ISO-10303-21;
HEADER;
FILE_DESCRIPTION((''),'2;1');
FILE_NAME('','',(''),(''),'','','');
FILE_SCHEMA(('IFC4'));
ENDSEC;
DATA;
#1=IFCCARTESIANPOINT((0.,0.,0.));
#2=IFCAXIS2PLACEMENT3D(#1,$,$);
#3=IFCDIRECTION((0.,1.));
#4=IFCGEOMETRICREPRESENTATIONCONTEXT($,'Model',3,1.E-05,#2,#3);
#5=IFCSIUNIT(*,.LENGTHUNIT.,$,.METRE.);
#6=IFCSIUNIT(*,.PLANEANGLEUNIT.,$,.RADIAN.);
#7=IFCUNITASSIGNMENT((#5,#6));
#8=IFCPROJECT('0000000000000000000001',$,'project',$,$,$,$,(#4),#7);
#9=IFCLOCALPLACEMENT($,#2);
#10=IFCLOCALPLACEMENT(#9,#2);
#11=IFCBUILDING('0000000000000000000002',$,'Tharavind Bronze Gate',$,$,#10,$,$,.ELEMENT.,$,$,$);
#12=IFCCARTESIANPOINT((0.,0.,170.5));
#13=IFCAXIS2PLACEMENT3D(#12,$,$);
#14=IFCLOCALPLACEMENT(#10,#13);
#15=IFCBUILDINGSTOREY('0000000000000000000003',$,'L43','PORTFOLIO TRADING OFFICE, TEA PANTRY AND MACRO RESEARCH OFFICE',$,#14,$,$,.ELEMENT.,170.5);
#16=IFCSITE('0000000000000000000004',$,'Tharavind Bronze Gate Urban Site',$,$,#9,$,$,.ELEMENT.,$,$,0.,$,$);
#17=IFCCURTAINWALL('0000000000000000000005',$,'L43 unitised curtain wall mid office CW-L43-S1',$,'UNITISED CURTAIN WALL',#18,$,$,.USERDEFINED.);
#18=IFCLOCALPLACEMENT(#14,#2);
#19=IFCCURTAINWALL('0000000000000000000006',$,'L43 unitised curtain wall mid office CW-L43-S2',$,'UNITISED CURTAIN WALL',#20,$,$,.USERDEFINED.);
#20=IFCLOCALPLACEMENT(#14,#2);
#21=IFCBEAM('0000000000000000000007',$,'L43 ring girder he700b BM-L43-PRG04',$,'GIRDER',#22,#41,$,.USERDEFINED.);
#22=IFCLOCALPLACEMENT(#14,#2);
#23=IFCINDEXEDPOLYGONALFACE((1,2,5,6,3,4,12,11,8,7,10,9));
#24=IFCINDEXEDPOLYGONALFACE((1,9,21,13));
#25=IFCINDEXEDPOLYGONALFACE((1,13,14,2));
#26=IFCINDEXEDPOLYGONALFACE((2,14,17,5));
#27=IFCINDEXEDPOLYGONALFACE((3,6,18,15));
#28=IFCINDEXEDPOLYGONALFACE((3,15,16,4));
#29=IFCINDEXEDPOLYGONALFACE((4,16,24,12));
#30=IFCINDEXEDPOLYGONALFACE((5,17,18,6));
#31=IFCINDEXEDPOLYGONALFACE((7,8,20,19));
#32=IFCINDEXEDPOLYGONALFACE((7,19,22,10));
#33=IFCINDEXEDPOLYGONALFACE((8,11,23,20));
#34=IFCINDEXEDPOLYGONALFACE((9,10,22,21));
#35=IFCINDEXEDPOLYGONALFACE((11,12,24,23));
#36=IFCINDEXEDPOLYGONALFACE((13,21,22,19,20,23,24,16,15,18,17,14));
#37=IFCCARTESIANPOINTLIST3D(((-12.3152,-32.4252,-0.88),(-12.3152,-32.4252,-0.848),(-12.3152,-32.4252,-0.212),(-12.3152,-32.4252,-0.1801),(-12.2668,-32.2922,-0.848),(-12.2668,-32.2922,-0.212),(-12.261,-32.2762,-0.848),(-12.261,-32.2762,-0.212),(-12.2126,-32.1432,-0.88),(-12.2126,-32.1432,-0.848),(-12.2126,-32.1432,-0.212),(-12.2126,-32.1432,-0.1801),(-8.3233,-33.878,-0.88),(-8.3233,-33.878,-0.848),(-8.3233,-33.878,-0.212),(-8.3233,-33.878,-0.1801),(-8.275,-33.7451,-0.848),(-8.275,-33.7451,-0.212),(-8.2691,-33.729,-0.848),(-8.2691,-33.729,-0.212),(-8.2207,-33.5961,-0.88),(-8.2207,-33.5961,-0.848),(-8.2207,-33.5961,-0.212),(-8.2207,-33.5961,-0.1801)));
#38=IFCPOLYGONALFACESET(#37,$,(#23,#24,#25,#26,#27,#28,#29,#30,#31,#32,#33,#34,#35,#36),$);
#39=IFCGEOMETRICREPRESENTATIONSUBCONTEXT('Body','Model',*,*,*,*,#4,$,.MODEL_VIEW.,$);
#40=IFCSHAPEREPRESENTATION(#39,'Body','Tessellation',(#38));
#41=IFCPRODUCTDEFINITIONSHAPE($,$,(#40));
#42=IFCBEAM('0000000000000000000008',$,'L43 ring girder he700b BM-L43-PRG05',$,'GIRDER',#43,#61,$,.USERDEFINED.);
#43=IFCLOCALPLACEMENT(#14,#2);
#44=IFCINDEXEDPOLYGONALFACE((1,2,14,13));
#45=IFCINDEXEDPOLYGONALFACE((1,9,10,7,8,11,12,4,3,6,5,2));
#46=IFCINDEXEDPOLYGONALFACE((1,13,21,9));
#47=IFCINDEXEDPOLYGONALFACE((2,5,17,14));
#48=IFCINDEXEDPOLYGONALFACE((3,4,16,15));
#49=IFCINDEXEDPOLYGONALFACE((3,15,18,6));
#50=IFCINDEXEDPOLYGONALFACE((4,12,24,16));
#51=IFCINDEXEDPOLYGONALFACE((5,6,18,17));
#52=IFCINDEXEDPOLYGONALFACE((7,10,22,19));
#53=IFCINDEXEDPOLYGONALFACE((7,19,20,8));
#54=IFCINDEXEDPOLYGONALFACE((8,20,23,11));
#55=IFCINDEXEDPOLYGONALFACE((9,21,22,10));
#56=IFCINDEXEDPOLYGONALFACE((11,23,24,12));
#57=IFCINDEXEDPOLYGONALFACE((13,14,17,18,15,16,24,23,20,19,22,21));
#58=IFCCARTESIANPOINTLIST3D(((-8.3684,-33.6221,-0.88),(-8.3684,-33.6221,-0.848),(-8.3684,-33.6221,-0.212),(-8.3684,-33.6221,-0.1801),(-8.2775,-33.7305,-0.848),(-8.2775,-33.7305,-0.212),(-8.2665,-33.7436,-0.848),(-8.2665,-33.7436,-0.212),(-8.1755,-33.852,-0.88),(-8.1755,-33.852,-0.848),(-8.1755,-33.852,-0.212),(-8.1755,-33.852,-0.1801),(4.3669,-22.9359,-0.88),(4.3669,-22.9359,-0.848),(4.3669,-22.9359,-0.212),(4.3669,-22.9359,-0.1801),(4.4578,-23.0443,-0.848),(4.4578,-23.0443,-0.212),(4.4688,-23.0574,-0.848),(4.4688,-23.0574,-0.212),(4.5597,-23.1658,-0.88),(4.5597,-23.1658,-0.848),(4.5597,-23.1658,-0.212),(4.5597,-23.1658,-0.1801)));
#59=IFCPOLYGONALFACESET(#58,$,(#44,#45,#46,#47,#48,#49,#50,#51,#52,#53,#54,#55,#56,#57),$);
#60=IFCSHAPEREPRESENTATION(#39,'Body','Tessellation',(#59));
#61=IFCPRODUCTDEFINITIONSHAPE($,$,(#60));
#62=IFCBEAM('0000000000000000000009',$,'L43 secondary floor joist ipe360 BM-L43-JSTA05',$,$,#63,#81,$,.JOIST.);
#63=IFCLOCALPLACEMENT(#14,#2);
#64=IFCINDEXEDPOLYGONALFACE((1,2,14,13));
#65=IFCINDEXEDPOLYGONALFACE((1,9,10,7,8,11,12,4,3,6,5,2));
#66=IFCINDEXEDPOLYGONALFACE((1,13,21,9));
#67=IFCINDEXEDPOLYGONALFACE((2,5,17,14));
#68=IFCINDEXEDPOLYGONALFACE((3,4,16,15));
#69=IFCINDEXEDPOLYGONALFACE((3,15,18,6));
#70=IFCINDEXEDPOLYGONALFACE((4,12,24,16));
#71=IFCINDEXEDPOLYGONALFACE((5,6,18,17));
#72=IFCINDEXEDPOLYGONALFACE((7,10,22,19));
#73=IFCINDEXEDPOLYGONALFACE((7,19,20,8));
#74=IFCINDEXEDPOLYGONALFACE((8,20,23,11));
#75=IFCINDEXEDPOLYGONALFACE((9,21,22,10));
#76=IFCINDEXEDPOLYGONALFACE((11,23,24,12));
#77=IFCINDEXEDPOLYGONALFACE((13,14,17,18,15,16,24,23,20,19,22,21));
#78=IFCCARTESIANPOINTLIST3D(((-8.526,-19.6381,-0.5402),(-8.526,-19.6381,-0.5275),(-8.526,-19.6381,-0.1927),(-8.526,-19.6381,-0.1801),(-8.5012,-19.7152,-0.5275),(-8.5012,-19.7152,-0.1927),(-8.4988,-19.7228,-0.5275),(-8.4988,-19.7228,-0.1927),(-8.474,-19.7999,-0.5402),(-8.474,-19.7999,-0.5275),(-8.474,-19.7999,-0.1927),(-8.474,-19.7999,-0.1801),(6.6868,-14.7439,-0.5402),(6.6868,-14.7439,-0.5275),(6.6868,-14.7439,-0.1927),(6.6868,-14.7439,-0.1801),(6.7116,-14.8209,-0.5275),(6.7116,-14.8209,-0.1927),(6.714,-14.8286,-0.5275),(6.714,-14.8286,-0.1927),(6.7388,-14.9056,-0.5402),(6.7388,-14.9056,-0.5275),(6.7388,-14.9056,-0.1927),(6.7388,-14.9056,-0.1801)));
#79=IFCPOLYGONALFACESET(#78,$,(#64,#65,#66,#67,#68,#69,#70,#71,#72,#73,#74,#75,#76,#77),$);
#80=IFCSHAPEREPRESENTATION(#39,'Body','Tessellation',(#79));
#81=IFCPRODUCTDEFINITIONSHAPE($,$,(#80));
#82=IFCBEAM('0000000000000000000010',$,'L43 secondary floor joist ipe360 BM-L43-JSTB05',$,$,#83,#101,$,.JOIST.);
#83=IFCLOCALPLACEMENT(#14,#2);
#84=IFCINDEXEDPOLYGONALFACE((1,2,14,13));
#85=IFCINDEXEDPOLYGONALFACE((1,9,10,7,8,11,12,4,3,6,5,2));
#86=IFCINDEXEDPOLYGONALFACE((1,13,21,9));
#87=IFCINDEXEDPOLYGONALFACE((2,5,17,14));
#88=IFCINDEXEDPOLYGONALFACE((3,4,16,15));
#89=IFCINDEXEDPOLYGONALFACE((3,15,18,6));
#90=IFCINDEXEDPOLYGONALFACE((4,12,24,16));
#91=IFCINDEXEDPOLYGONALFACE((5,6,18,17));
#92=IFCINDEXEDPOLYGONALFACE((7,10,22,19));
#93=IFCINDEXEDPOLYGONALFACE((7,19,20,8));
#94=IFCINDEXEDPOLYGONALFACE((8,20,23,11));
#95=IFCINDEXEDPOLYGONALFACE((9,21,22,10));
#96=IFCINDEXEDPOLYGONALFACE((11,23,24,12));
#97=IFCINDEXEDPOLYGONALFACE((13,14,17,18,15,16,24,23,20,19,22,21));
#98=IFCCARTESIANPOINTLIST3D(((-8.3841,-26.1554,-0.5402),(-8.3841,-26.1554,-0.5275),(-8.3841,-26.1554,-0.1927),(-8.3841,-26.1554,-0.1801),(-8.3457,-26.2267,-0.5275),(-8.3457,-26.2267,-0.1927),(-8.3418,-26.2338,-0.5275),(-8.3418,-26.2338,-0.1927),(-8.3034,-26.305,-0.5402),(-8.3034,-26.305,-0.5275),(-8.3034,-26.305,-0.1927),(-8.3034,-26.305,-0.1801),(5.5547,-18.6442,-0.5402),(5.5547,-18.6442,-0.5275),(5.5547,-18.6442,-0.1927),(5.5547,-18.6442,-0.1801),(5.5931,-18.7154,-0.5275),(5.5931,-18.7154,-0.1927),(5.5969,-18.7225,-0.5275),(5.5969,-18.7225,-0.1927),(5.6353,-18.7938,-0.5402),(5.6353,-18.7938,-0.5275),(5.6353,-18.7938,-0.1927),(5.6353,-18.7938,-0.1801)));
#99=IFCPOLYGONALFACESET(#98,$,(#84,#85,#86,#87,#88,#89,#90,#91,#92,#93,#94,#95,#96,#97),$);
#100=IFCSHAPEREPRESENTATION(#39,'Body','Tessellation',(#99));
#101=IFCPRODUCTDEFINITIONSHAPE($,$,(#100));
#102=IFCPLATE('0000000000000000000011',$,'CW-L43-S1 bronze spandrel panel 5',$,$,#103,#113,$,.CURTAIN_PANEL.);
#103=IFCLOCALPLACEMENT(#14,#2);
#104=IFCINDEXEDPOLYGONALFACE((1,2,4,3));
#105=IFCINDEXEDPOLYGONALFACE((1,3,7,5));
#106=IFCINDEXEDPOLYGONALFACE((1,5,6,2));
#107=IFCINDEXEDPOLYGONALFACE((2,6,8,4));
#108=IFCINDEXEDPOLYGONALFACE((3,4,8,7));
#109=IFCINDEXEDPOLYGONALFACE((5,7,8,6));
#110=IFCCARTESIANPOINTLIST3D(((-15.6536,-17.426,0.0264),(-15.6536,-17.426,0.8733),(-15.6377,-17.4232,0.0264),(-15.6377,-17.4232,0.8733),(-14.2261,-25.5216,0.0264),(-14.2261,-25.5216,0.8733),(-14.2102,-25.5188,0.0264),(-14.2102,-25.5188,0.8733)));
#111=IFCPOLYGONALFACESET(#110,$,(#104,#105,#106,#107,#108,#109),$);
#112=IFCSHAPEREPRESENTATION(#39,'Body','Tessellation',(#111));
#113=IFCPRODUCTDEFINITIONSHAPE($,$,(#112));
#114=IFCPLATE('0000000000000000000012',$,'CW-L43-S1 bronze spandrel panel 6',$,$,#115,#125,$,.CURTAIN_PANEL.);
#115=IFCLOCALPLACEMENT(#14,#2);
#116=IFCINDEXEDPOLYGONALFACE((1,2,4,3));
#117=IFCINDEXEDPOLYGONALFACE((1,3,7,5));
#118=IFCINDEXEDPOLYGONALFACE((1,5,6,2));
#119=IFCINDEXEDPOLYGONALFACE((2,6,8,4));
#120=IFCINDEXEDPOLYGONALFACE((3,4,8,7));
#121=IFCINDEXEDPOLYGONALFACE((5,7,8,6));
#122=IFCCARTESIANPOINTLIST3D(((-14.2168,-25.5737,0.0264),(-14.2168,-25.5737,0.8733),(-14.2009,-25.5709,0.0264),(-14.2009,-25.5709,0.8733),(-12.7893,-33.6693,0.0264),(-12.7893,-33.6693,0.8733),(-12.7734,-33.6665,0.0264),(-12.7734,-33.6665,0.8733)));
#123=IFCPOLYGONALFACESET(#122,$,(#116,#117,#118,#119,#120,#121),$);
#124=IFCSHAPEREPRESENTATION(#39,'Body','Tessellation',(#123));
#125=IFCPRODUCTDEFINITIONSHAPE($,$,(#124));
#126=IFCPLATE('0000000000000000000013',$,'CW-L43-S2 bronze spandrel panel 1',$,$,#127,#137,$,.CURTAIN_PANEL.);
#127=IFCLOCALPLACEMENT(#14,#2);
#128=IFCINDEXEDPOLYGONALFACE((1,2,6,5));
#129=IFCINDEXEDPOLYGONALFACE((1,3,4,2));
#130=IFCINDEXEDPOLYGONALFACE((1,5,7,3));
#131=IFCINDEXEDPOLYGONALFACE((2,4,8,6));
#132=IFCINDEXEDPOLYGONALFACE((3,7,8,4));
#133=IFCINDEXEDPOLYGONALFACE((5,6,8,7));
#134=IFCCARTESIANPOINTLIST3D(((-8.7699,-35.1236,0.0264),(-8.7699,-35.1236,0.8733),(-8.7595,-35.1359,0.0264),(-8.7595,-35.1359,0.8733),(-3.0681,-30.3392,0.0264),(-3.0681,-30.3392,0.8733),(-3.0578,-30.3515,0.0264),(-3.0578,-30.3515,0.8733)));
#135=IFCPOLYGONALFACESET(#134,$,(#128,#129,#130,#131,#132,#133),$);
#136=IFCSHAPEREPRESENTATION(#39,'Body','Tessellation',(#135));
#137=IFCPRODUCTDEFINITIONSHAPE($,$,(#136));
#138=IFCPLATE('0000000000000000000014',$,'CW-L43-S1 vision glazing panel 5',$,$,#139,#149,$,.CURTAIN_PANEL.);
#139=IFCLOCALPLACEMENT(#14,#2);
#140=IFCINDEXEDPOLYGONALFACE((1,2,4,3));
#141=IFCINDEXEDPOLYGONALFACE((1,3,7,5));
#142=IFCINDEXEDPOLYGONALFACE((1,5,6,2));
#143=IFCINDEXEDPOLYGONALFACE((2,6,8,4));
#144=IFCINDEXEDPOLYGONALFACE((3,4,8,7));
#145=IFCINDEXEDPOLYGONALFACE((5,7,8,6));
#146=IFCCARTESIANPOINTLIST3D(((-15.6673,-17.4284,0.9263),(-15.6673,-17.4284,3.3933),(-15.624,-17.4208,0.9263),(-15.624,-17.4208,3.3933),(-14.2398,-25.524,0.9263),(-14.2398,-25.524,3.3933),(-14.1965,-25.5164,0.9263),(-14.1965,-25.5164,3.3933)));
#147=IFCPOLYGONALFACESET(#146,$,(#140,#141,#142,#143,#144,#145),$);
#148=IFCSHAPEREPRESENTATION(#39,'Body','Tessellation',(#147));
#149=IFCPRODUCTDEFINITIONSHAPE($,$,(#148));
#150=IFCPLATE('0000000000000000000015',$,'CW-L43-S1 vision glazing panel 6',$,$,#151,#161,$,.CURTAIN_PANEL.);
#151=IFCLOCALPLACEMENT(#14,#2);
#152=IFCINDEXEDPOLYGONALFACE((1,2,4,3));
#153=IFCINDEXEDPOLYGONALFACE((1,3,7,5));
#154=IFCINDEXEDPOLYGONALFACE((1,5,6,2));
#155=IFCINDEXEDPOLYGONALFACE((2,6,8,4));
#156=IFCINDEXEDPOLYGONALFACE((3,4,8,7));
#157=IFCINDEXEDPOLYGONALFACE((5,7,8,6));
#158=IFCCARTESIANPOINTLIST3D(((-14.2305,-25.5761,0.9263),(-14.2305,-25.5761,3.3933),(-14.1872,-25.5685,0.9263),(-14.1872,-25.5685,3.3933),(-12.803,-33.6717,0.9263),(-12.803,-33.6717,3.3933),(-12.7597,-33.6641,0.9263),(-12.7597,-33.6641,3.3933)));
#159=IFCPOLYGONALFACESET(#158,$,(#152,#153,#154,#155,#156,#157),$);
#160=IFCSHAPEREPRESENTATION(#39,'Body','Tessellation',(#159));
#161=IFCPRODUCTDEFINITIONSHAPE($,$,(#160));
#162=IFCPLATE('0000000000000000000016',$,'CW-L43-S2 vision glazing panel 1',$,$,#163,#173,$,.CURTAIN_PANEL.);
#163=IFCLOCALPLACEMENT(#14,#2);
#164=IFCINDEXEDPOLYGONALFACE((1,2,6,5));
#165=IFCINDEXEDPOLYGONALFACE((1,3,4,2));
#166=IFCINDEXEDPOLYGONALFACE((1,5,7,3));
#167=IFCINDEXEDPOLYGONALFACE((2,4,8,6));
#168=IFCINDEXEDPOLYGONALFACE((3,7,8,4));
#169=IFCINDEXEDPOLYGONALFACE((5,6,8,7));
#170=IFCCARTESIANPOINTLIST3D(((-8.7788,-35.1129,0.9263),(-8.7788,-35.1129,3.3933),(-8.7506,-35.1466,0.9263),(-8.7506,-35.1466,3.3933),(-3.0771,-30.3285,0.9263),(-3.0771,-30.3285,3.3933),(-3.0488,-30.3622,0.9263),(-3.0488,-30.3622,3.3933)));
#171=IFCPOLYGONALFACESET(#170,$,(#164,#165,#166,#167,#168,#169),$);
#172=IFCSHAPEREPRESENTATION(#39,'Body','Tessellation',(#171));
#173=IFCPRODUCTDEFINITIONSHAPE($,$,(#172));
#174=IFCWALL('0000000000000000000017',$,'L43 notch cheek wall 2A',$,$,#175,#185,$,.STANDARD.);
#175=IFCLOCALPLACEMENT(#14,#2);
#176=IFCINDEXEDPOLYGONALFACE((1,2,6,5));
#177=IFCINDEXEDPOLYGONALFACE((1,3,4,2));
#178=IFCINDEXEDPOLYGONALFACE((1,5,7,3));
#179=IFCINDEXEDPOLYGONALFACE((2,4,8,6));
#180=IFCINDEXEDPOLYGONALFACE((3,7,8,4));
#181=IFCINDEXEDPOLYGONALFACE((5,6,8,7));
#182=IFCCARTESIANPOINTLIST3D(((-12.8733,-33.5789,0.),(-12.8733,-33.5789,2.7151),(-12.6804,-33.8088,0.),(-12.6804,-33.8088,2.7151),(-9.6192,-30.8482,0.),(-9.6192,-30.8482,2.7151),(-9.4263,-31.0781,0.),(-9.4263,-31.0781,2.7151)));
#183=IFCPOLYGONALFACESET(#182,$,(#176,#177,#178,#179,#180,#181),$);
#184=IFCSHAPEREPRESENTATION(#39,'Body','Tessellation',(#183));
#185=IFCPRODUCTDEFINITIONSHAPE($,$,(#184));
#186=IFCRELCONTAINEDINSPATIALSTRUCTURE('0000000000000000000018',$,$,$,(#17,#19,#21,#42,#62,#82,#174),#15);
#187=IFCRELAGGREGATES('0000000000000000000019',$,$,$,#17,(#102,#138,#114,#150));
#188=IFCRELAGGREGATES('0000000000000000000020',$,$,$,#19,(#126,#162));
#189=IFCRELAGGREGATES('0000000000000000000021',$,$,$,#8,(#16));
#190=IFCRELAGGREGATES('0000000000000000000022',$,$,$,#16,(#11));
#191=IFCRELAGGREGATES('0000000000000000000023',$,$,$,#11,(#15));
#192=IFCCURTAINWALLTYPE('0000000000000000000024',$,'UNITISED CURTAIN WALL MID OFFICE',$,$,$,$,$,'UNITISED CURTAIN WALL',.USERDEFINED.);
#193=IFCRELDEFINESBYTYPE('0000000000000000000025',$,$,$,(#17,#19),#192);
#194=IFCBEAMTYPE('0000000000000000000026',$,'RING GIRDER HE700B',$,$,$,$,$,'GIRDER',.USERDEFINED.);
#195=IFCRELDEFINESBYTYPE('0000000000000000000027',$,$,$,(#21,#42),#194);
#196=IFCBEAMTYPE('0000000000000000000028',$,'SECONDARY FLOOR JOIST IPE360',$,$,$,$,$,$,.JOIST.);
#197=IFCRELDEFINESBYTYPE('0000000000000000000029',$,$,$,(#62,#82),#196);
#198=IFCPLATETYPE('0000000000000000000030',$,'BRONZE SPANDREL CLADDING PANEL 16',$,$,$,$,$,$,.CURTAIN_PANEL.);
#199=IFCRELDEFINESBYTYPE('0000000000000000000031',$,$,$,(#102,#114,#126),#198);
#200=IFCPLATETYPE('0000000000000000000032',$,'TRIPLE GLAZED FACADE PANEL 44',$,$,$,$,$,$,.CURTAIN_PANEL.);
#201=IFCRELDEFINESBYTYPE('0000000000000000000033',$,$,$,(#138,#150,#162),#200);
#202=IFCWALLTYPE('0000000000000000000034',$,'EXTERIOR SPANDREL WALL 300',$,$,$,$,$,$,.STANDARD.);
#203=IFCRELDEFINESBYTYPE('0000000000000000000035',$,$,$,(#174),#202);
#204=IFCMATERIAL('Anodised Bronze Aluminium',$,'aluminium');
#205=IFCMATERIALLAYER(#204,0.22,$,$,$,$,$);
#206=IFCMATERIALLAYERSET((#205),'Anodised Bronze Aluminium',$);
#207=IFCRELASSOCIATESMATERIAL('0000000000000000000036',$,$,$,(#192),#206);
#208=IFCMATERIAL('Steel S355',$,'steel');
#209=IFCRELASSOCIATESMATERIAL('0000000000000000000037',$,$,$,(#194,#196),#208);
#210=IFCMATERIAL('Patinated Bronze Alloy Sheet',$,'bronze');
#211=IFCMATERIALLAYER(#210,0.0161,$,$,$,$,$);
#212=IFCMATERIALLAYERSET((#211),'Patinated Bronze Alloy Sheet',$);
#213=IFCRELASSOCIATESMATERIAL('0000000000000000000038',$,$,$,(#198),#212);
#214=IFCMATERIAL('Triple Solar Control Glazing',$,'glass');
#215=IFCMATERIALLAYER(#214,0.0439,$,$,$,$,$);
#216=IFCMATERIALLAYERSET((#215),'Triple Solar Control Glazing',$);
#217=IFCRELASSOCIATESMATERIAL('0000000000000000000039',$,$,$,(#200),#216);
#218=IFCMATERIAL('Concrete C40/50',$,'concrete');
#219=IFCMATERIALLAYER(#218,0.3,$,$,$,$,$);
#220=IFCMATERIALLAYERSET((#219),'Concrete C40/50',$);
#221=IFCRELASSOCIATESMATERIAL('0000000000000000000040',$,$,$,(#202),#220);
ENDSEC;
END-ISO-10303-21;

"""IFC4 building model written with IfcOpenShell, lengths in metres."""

from ifc_helpers import new_model, si_unit, direction, frame, frame_2d, origin, origin_2d, place, context, subcontext, project, spatial, rectangle, i_section, extrude, material, layer, layer_set, material_profile, profile_set, type_object, element, aggregate, save


model = new_model("IFC4")

# Units and contexts
model_context = context("Model", 3, precision=1e-05, world=origin(), true_north=direction((0.0, 1.0)))
body_context = subcontext(model_context, "Body", "Model", "MODEL_VIEW")
ifc_project = project(units=[si_unit("LENGTHUNIT", "METRE"), si_unit("PLANEANGLEUNIT", "RADIAN")], contexts=[model_context])

# Site, building, storey
site_placement = place(None, origin())
site = spatial("IfcSite", under=ifc_project, at=site_placement, Name="Tharavind Bronze Gate Urban Site", CompositionType="ELEMENT", RefElevation=0.0)
building_placement = place(site_placement, origin())
building = spatial("IfcBuilding", under=site, at=building_placement, Name="Tharavind Bronze Gate", CompositionType="ELEMENT")
storey_placement = place(building_placement, frame((0.0, 0.0, 170.5)))
storey = spatial("IfcBuildingStorey", under=building, at=storey_placement, Name="L43", Description="PORTFOLIO TRADING OFFICE, TEA PANTRY AND MACRO RESEARCH OFFICE", CompositionType="ELEMENT", Elevation=170.5)

# Curtain walls
ifc_material_1 = material(Name="Anodised Bronze Aluminium", Category="aluminium")
ifc_layer_1 = layer(ifc_material_1, 0.22)
ifc_layer_set_1 = layer_set([ifc_layer_1], Name="Anodised Bronze Aluminium")
curtain_wall_type = type_object("IfcCurtainWallType", Name="UNITISED CURTAIN WALL MID OFFICE", ElementType="UNITISED CURTAIN WALL", PredefinedType="USERDEFINED", material=ifc_layer_set_1)
curtain_wall_1_placement = place(storey_placement, origin())
curtain_wall_1 = element("IfcCurtainWall", 1, at=curtain_wall_1_placement, inside=storey, type_object=curtain_wall_type, Name="L43 unitised curtain wall mid office CW-L43-S1", ObjectType="UNITISED CURTAIN WALL", PredefinedType="USERDEFINED")
curtain_wall_2_placement = place(storey_placement, origin())
curtain_wall_2 = element("IfcCurtainWall", 2, at=curtain_wall_2_placement, inside=storey, type_object=curtain_wall_type, Name="L43 unitised curtain wall mid office CW-L43-S2", ObjectType="UNITISED CURTAIN WALL", PredefinedType="USERDEFINED")

# Beams
ifc_material_2 = material(Name="Steel S355", Category="steel")
ifc_material_profile_1 = material_profile(ifc_material_2, i_section(OverallWidth=0.3, OverallDepth=0.7, WebThickness=0.0171, FlangeThickness=0.032, at=origin_2d()), Name="HE700B")
ifc_profile_set_1 = profile_set([ifc_material_profile_1], Name="Steel S355")
beam_type_1 = type_object("IfcBeamType", Name="RING GIRDER HE700B", ElementType="GIRDER", PredefinedType="USERDEFINED", material=ifc_profile_set_1)
beam_1_placement = place(storey_placement, frame((-12.2639, -32.2842, -0.53), z_axis=(0.939698, -0.342006, 0.0), x_axis=(0.342006, 0.939698, 0.0)))
element("IfcBeam", 3, at=beam_1_placement, inside=storey, type_object=beam_type_1, Name="L43 ring girder he700b BM-L43-PRG04", ObjectType="GIRDER", PredefinedType="USERDEFINED", context=body_context, shape_type="SweptSolid", body=[
    extrude(i_section(OverallWidth=0.3, OverallDepth=0.7, WebThickness=0.0171, FlangeThickness=0.032, at=origin_2d()), origin(), (0.0, 0.0, 1.0), 4.248),
])
beam_2_placement = place(storey_placement, frame((-8.272, -33.7371, -0.53), z_axis=(0.766043, 0.642789, 0.0), x_axis=(-0.642789, 0.766043, 0.0)))
element("IfcBeam", 4, at=beam_2_placement, inside=storey, type_object=beam_type_1, Name="L43 ring girder he700b BM-L43-PRG05", ObjectType="GIRDER", PredefinedType="USERDEFINED", context=body_context, shape_type="SweptSolid", body=[
    extrude(i_section(OverallWidth=0.3, OverallDepth=0.7, WebThickness=0.0171, FlangeThickness=0.032, at=origin_2d()), origin(), (0.0, 0.0, 1.0), 16.6248),
])
ifc_material_profile_2 = material_profile(ifc_material_2, i_section(OverallWidth=0.1699, OverallDepth=0.3601, WebThickness=0.0081, FlangeThickness=0.0127, at=origin_2d()), Name="IPE360")
ifc_profile_set_2 = profile_set([ifc_material_profile_2], Name="Steel S355")
beam_type_2 = type_object("IfcBeamType", Name="SECONDARY FLOOR JOIST IPE360", PredefinedType="JOIST", material=ifc_profile_set_2)
beam_3_placement = place(storey_placement, frame((-8.5, -19.719, -0.3601), z_axis=(0.951948, 0.30626, 0.0), x_axis=(-0.30626, 0.951948, 0.0)))
element("IfcBeam", 5, at=beam_3_placement, inside=storey, type_object=beam_type_2, Name="L43 secondary floor joist ipe360 BM-L43-JSTA05", PredefinedType="JOIST", context=body_context, shape_type="SweptSolid", body=[
    extrude(i_section(OverallWidth=0.1699, OverallDepth=0.3601, WebThickness=0.0081, FlangeThickness=0.0127, at=origin_2d()), origin(), (0.0, 0.0, 1.0), 15.9807),
])
beam_4_placement = place(storey_placement, frame((-8.3438, -26.2302, -0.3601), z_axis=(0.880319, 0.474382, 0.0), x_axis=(-0.474382, 0.880319, 0.0)))
element("IfcBeam", 6, at=beam_4_placement, inside=storey, type_object=beam_type_2, Name="L43 secondary floor joist ipe360 BM-L43-JSTB05", PredefinedType="JOIST", context=body_context, shape_type="SweptSolid", body=[
    extrude(i_section(OverallWidth=0.1699, OverallDepth=0.3601, WebThickness=0.0081, FlangeThickness=0.0127, at=origin_2d()), origin(), (0.0, 0.0, 1.0), 15.8337),
])

# Plates
ifc_material_3 = material(Name="Patinated Bronze Alloy Sheet", Category="bronze")
ifc_layer_2 = layer(ifc_material_3, 0.0161)
ifc_layer_set_2 = layer_set([ifc_layer_2], Name="Patinated Bronze Alloy Sheet")
plate_type_1 = type_object("IfcPlateType", Name="BRONZE SPANDREL CLADDING PANEL 16", PredefinedType="CURTAIN_PANEL", material=ifc_layer_set_2)
plate_1_placement = place(storey_placement, frame((-14.9319, -21.4724, 0.0264), z_axis=(0.0, 0.0, 1.0), x_axis=(0.173648, -0.984808, 0.0)))
plate_1 = element("IfcPlate", 7, at=plate_1_placement, type_object=plate_type_1, Name="CW-L43-S1 bronze spandrel panel 5", PredefinedType="CURTAIN_PANEL", context=body_context, shape_type="SweptSolid", body=[
    extrude(rectangle(XDim=8.2205, YDim=0.0161, at=origin_2d()), origin(), (0.0, 0.0, 1.0), 0.8469),
])
plate_2_placement = place(storey_placement, frame((-13.4951, -29.6201, 0.0264), z_axis=(0.0, 0.0, 1.0), x_axis=(0.173648, -0.984808, 0.0)))
plate_2 = element("IfcPlate", 8, at=plate_2_placement, type_object=plate_type_1, Name="CW-L43-S1 bronze spandrel panel 6", PredefinedType="CURTAIN_PANEL", context=body_context, shape_type="SweptSolid", body=[
    extrude(rectangle(XDim=8.2205, YDim=0.0161, at=origin_2d()), origin(), (0.0, 0.0, 1.0), 0.8469),
])
plate_3_placement = place(storey_placement, frame((-5.9138, -32.7375, 0.0264), z_axis=(0.0, 0.0, 1.0), x_axis=(0.766043, 0.642789, 0.0)))
plate_3 = element("IfcPlate", 9, at=plate_3_placement, type_object=plate_type_1, Name="CW-L43-S2 bronze spandrel panel 1", PredefinedType="CURTAIN_PANEL", context=body_context, shape_type="SweptSolid", body=[
    extrude(rectangle(XDim=7.4431, YDim=0.0161, at=origin_2d()), origin(), (0.0, 0.0, 1.0), 0.8469),
])
ifc_material_4 = material(Name="Triple Solar Control Glazing", Category="glass")
ifc_layer_3 = layer(ifc_material_4, 0.0439)
ifc_layer_set_3 = layer_set([ifc_layer_3], Name="Triple Solar Control Glazing")
plate_type_2 = type_object("IfcPlateType", Name="TRIPLE GLAZED FACADE PANEL 44", PredefinedType="CURTAIN_PANEL", material=ifc_layer_set_3)
plate_4_placement = place(storey_placement, frame((-14.9319, -21.4724, 0.9263), z_axis=(0.0, 0.0, 1.0), x_axis=(0.173648, -0.984808, 0.0)))
plate_4 = element("IfcPlate", 10, at=plate_4_placement, type_object=plate_type_2, Name="CW-L43-S1 vision glazing panel 5", PredefinedType="CURTAIN_PANEL", context=body_context, shape_type="SweptSolid", body=[
    extrude(rectangle(XDim=8.2205, YDim=0.0439, at=origin_2d()), origin(), (0.0, 0.0, 1.0), 2.467),
])
plate_5_placement = place(storey_placement, frame((-13.4951, -29.6201, 0.9263), z_axis=(0.0, 0.0, 1.0), x_axis=(0.173648, -0.984808, 0.0)))
plate_5 = element("IfcPlate", 11, at=plate_5_placement, type_object=plate_type_2, Name="CW-L43-S1 vision glazing panel 6", PredefinedType="CURTAIN_PANEL", context=body_context, shape_type="SweptSolid", body=[
    extrude(rectangle(XDim=8.2205, YDim=0.0439, at=origin_2d()), origin(), (0.0, 0.0, 1.0), 2.467),
])
aggregate(curtain_wall_1, [plate_1, plate_4, plate_2, plate_5])
plate_6_placement = place(storey_placement, frame((-5.9138, -32.7375, 0.9263), z_axis=(0.0, 0.0, 1.0), x_axis=(0.766043, 0.642789, 0.0)))
plate_6 = element("IfcPlate", 12, at=plate_6_placement, type_object=plate_type_2, Name="CW-L43-S2 vision glazing panel 1", PredefinedType="CURTAIN_PANEL", context=body_context, shape_type="SweptSolid", body=[
    extrude(rectangle(XDim=7.4431, YDim=0.0439, at=origin_2d()), origin(), (0.0, 0.0, 1.0), 2.467),
])
aggregate(curtain_wall_2, [plate_3, plate_6])

# Wall
ifc_material_5 = material(Name="Concrete C40/50", Category="concrete")
ifc_layer_4 = layer(ifc_material_5, 0.3)
ifc_layer_set_4 = layer_set([ifc_layer_4], Name="Concrete C40/50")
wall_type_1 = type_object("IfcWallType", Name="EXTERIOR SPANDREL WALL 300", PredefinedType="STANDARD", material=ifc_layer_set_4)
for number, where, z_axis, x_axis, name in (
    (13, (-12.7769, -33.6938, 0.0), (0.0, 0.0, 1.0), (0.766026, 0.642809, 0.0), "L43 notch cheek wall 2A"),
):
    element("IfcWall", number, at=place(storey_placement, frame(where, z_axis=z_axis, x_axis=x_axis)), inside=storey, type_object=wall_type_1, Name=name, PredefinedType="STANDARD", context=body_context, shape_type="SweptSolid", body=[
        extrude(rectangle(XDim=4.248, YDim=0.3, at=frame_2d((2.124, 0.0))), origin(), (0.0, 0.0, 1.0), 2.7151),
    ])

save(model, "model.ifc")
